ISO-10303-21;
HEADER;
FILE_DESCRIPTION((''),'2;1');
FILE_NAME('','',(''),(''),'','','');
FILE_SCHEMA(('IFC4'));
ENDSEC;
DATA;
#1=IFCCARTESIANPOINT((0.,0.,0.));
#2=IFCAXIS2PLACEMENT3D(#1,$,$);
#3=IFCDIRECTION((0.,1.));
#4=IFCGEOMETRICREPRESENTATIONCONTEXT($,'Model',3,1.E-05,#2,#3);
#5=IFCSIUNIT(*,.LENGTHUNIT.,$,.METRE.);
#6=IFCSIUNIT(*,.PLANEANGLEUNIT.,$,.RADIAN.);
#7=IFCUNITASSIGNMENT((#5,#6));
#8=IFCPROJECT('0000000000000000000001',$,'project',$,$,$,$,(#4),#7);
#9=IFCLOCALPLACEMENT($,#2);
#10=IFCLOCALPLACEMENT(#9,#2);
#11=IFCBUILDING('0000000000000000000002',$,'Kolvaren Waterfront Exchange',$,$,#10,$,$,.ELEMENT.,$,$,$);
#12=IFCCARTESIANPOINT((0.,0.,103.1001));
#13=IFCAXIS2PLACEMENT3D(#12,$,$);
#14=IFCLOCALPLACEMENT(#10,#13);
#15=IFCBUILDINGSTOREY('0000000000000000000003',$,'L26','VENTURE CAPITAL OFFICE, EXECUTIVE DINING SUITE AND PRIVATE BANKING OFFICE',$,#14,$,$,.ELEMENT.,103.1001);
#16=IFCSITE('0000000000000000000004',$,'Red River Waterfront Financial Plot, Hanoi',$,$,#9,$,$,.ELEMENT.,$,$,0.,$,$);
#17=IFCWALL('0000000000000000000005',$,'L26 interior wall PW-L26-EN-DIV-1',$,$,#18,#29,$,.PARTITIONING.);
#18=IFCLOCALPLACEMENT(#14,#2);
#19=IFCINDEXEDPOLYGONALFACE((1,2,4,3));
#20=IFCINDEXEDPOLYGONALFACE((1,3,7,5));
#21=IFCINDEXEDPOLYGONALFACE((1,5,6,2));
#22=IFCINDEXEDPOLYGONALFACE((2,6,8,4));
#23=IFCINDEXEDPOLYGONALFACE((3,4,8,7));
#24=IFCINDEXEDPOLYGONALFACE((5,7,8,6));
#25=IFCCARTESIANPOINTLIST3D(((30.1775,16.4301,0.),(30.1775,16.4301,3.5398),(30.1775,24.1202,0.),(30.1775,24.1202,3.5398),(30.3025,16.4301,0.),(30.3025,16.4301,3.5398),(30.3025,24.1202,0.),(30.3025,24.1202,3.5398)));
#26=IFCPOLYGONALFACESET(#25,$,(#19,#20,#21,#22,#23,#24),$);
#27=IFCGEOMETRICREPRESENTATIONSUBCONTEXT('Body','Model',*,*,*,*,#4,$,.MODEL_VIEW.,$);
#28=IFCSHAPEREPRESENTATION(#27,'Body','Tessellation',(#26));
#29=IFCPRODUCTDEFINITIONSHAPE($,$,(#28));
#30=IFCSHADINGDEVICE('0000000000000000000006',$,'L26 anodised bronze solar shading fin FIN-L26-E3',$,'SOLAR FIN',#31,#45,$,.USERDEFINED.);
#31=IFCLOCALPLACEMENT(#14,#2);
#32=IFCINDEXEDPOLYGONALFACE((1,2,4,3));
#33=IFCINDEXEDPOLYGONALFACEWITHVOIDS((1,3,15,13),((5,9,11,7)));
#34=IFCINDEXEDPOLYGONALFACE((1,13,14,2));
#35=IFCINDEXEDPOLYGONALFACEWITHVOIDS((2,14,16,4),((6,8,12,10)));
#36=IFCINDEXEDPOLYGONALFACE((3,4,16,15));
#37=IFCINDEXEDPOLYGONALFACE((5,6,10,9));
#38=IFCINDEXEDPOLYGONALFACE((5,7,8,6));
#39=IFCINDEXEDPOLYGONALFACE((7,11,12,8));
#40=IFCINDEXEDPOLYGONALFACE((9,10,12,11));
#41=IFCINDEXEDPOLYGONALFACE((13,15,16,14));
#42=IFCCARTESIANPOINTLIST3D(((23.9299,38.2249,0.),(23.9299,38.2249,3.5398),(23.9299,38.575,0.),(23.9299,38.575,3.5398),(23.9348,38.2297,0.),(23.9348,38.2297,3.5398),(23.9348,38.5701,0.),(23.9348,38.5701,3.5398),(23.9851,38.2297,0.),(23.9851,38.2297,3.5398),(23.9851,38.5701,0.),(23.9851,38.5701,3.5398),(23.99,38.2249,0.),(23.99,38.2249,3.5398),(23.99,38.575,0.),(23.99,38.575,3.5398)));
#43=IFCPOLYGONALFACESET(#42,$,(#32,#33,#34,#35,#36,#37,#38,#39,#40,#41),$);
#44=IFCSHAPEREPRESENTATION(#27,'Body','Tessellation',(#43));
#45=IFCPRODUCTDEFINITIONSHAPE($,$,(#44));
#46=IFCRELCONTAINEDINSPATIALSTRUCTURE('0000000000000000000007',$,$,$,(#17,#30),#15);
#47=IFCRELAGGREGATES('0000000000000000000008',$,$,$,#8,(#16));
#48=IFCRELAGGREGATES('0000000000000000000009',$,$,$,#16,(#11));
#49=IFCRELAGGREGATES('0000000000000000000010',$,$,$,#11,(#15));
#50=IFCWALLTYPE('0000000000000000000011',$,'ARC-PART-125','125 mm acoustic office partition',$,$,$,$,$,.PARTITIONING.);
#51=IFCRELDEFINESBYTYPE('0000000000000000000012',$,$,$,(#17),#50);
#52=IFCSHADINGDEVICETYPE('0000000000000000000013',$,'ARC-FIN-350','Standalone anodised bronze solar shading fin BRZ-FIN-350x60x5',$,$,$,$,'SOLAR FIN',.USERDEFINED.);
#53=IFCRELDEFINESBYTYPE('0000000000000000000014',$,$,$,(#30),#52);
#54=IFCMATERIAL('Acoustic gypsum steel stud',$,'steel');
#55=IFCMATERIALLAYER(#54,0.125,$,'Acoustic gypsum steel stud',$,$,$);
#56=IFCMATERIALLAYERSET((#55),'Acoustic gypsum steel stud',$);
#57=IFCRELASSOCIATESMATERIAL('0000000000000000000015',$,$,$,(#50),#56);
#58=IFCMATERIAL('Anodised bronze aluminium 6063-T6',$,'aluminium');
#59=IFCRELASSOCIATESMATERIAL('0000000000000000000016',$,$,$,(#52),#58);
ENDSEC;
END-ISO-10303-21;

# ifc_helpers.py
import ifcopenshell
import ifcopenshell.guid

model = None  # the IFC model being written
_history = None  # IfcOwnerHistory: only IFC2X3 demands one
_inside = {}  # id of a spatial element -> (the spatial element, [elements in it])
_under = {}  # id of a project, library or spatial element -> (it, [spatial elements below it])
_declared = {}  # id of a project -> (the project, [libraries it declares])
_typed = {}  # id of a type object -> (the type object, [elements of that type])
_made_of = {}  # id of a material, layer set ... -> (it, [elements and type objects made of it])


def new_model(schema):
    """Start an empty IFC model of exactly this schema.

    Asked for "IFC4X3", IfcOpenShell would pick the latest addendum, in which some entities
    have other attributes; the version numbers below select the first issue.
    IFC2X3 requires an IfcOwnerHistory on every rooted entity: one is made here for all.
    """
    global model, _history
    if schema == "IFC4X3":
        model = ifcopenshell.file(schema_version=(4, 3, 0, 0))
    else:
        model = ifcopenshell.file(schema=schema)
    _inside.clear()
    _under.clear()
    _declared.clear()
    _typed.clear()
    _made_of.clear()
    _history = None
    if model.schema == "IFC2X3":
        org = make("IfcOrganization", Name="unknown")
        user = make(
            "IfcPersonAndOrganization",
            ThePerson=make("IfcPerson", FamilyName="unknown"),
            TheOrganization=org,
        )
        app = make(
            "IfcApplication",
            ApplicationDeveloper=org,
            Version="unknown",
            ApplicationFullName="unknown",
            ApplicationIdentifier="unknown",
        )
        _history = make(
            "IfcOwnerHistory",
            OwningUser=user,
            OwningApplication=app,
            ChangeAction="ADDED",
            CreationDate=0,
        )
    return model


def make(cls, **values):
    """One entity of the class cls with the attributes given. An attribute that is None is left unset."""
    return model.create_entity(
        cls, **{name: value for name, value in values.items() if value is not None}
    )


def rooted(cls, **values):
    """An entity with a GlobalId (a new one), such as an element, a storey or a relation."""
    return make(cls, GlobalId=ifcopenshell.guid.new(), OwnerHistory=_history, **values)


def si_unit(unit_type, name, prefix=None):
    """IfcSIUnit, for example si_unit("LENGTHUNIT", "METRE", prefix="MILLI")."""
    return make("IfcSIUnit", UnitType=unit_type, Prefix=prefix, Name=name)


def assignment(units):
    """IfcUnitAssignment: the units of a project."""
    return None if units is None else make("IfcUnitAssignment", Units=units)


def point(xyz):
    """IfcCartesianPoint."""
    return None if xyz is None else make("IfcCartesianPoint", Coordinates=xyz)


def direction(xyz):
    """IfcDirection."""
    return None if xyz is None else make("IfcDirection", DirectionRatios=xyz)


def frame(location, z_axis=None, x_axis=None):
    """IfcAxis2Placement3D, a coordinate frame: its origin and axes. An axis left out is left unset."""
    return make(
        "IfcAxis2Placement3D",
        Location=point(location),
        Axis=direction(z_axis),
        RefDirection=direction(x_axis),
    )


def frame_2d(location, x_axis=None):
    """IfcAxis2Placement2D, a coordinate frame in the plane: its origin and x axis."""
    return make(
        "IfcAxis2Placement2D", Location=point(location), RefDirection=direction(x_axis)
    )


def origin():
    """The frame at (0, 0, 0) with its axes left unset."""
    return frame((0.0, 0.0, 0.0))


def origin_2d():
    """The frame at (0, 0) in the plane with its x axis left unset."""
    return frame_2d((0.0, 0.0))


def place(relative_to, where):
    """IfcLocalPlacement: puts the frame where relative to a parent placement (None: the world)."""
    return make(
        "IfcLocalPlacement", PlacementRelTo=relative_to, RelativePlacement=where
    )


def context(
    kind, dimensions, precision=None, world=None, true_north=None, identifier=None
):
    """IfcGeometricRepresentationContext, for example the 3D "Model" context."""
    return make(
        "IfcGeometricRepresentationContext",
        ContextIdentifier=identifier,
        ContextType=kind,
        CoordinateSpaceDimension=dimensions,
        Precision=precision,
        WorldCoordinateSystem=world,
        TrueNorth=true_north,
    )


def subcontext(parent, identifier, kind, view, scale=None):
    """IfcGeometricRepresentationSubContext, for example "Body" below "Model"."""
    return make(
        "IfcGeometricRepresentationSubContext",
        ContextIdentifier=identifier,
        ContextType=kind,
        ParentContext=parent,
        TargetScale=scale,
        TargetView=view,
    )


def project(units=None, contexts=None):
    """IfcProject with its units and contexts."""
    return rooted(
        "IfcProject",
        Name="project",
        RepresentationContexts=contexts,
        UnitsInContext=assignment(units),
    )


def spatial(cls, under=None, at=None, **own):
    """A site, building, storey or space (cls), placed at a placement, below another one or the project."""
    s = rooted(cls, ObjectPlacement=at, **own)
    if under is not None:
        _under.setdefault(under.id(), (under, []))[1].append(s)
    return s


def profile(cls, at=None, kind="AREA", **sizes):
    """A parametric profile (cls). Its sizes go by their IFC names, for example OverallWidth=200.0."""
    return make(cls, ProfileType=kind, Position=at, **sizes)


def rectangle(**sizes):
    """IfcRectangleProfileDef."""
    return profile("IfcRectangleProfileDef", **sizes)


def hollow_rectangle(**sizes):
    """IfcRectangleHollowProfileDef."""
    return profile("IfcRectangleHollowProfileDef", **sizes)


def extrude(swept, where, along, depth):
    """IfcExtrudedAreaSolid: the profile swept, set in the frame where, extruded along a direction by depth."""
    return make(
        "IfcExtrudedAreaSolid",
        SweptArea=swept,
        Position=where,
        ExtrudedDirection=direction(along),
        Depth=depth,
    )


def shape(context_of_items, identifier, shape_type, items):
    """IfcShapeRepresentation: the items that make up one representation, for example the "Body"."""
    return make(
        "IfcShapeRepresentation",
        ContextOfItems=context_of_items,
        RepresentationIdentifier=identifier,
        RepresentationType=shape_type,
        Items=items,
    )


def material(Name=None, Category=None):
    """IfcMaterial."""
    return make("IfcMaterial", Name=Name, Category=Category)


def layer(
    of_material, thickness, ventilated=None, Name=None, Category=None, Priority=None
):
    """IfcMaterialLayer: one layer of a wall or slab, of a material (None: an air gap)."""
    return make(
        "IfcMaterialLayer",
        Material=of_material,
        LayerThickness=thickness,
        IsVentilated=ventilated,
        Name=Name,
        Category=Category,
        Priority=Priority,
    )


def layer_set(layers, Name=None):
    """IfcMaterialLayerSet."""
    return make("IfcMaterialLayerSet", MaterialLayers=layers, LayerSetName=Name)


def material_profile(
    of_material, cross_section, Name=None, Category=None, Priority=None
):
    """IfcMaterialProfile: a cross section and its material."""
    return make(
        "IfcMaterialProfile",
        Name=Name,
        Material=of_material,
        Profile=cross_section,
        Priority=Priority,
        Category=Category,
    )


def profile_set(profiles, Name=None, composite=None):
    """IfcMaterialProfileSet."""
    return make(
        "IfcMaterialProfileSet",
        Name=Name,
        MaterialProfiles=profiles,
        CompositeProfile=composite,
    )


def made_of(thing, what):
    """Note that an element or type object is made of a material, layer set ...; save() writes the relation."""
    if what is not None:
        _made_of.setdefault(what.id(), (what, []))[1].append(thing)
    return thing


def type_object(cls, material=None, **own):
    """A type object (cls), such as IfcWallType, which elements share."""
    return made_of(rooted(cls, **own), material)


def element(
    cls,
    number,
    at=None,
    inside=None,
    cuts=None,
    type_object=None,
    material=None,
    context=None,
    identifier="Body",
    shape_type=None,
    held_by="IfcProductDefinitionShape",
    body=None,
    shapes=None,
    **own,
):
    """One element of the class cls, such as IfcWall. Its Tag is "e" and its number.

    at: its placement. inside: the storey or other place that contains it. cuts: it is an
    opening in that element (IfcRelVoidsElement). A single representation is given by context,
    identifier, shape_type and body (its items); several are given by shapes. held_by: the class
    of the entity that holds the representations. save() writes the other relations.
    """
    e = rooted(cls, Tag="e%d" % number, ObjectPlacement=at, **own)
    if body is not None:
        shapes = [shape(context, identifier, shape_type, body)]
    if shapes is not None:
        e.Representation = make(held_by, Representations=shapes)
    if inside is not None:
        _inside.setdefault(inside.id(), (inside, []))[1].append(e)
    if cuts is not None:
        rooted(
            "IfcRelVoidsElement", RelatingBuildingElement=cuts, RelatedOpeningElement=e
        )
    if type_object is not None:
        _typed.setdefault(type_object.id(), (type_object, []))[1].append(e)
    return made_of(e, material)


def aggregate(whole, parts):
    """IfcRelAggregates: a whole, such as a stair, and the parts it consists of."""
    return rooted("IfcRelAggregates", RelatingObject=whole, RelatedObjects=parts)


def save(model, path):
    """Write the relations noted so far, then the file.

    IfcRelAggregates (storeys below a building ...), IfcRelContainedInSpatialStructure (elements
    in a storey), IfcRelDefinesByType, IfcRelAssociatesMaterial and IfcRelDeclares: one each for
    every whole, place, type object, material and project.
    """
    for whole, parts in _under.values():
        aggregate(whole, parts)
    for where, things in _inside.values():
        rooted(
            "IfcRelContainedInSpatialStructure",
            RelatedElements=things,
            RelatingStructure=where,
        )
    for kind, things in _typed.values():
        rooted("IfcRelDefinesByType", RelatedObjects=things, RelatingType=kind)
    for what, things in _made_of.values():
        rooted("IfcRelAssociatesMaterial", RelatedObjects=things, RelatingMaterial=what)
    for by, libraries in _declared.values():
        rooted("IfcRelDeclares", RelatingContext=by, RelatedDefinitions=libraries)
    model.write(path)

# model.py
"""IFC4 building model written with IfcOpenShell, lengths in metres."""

from ifc_helpers import new_model, si_unit, direction, frame, frame_2d, origin, origin_2d, place, context, subcontext, project, spatial, rectangle, hollow_rectangle, extrude, material, layer, layer_set, material_profile, profile_set, type_object, element, save


model = new_model("IFC4")

# Units and contexts
model_context = context("Model", 3, precision=1e-05, world=origin(), true_north=direction((0.0, 1.0)))
body_context = subcontext(model_context, "Body", "Model", "MODEL_VIEW")
ifc_project = project(units=[si_unit("LENGTHUNIT", "METRE"), si_unit("PLANEANGLEUNIT", "RADIAN")], contexts=[model_context])

# Site, building, storey
site_placement = place(None, origin())
site = spatial("IfcSite", under=ifc_project, at=site_placement, Name="Red River Waterfront Financial Plot, Hanoi", CompositionType="ELEMENT", RefElevation=0.0)
building_placement = place(site_placement, origin())
building = spatial("IfcBuilding", under=site, at=building_placement, Name="Kolvaren Waterfront Exchange", CompositionType="ELEMENT")
storey_placement = place(building_placement, frame((0.0, 0.0, 103.1001)))
storey = spatial("IfcBuildingStorey", under=building, at=storey_placement, Name="L26", Description="VENTURE CAPITAL OFFICE, EXECUTIVE DINING SUITE AND PRIVATE BANKING OFFICE", CompositionType="ELEMENT", Elevation=103.1001)

# Shared definitions
ifc_material_1 = material(Name="Anodised bronze aluminium 6063-T6", Category="aluminium")

# Shared definitions
ifc_material_2 = material(Name="Acoustic gypsum steel stud", Category="steel")
ifc_layer_1 = layer(ifc_material_2, 0.125, Name="Acoustic gypsum steel stud")
ifc_layer_set_1 = layer_set([ifc_layer_1], Name="Acoustic gypsum steel stud")
wall_type_1 = type_object("IfcWallType", Name="ARC-PART-125", Description="125 mm acoustic office partition", PredefinedType="PARTITIONING", material=ifc_layer_set_1)

# Wall
wall_1_placement = place(storey_placement, frame((30.24, 16.4299, 0.0), z_axis=(0.0, 0.0, 1.0), x_axis=(0.0, 1.0, 0.0)))
element("IfcWall", 1, at=wall_1_placement, inside=storey, type_object=wall_type_1, Name="L26 interior wall PW-L26-EN-DIV-1", PredefinedType="PARTITIONING", context=body_context, shape_type="SweptSolid", body=[
    extrude(rectangle(XDim=7.6902, YDim=0.125, at=frame_2d((3.8452, 0.0))), origin(), (0.0, 0.0, 1.0), 3.5398),
])

# Shading device
ifc_material_profile_1 = material_profile(ifc_material_1, hollow_rectangle(XDim=0.0601, YDim=0.3501, WallThickness=0.0049, at=origin_2d()), Name="BRZ-FIN-350x60x5")
ifc_profile_set_1 = profile_set([ifc_material_profile_1], Name="Anodised bronze aluminium 6063-T6")
shading_device_type = type_object("IfcShadingDeviceType", Name="ARC-FIN-350", Description="Standalone anodised bronze solar shading fin BRZ-FIN-350x60x5", ElementType="SOLAR FIN", PredefinedType="USERDEFINED", material=ifc_profile_set_1)
shading_device_placement = place(storey_placement, frame((23.96, 38.3999, 0.0), z_axis=(0.0, 0.0, 1.0), x_axis=(1.0, 0.0, 0.0)))
element("IfcShadingDevice", 2, at=shading_device_placement, inside=storey, type_object=shading_device_type, Name="L26 anodised bronze solar shading fin FIN-L26-E3", ObjectType="SOLAR FIN", PredefinedType="USERDEFINED", context=body_context, shape_type="SweptSolid", body=[
    extrude(hollow_rectangle(XDim=0.0601, YDim=0.3501, WallThickness=0.0049, at=origin_2d()), origin(), (0.0, 0.0, 1.0), 3.5398),
])

save(model, "model.ifc")
